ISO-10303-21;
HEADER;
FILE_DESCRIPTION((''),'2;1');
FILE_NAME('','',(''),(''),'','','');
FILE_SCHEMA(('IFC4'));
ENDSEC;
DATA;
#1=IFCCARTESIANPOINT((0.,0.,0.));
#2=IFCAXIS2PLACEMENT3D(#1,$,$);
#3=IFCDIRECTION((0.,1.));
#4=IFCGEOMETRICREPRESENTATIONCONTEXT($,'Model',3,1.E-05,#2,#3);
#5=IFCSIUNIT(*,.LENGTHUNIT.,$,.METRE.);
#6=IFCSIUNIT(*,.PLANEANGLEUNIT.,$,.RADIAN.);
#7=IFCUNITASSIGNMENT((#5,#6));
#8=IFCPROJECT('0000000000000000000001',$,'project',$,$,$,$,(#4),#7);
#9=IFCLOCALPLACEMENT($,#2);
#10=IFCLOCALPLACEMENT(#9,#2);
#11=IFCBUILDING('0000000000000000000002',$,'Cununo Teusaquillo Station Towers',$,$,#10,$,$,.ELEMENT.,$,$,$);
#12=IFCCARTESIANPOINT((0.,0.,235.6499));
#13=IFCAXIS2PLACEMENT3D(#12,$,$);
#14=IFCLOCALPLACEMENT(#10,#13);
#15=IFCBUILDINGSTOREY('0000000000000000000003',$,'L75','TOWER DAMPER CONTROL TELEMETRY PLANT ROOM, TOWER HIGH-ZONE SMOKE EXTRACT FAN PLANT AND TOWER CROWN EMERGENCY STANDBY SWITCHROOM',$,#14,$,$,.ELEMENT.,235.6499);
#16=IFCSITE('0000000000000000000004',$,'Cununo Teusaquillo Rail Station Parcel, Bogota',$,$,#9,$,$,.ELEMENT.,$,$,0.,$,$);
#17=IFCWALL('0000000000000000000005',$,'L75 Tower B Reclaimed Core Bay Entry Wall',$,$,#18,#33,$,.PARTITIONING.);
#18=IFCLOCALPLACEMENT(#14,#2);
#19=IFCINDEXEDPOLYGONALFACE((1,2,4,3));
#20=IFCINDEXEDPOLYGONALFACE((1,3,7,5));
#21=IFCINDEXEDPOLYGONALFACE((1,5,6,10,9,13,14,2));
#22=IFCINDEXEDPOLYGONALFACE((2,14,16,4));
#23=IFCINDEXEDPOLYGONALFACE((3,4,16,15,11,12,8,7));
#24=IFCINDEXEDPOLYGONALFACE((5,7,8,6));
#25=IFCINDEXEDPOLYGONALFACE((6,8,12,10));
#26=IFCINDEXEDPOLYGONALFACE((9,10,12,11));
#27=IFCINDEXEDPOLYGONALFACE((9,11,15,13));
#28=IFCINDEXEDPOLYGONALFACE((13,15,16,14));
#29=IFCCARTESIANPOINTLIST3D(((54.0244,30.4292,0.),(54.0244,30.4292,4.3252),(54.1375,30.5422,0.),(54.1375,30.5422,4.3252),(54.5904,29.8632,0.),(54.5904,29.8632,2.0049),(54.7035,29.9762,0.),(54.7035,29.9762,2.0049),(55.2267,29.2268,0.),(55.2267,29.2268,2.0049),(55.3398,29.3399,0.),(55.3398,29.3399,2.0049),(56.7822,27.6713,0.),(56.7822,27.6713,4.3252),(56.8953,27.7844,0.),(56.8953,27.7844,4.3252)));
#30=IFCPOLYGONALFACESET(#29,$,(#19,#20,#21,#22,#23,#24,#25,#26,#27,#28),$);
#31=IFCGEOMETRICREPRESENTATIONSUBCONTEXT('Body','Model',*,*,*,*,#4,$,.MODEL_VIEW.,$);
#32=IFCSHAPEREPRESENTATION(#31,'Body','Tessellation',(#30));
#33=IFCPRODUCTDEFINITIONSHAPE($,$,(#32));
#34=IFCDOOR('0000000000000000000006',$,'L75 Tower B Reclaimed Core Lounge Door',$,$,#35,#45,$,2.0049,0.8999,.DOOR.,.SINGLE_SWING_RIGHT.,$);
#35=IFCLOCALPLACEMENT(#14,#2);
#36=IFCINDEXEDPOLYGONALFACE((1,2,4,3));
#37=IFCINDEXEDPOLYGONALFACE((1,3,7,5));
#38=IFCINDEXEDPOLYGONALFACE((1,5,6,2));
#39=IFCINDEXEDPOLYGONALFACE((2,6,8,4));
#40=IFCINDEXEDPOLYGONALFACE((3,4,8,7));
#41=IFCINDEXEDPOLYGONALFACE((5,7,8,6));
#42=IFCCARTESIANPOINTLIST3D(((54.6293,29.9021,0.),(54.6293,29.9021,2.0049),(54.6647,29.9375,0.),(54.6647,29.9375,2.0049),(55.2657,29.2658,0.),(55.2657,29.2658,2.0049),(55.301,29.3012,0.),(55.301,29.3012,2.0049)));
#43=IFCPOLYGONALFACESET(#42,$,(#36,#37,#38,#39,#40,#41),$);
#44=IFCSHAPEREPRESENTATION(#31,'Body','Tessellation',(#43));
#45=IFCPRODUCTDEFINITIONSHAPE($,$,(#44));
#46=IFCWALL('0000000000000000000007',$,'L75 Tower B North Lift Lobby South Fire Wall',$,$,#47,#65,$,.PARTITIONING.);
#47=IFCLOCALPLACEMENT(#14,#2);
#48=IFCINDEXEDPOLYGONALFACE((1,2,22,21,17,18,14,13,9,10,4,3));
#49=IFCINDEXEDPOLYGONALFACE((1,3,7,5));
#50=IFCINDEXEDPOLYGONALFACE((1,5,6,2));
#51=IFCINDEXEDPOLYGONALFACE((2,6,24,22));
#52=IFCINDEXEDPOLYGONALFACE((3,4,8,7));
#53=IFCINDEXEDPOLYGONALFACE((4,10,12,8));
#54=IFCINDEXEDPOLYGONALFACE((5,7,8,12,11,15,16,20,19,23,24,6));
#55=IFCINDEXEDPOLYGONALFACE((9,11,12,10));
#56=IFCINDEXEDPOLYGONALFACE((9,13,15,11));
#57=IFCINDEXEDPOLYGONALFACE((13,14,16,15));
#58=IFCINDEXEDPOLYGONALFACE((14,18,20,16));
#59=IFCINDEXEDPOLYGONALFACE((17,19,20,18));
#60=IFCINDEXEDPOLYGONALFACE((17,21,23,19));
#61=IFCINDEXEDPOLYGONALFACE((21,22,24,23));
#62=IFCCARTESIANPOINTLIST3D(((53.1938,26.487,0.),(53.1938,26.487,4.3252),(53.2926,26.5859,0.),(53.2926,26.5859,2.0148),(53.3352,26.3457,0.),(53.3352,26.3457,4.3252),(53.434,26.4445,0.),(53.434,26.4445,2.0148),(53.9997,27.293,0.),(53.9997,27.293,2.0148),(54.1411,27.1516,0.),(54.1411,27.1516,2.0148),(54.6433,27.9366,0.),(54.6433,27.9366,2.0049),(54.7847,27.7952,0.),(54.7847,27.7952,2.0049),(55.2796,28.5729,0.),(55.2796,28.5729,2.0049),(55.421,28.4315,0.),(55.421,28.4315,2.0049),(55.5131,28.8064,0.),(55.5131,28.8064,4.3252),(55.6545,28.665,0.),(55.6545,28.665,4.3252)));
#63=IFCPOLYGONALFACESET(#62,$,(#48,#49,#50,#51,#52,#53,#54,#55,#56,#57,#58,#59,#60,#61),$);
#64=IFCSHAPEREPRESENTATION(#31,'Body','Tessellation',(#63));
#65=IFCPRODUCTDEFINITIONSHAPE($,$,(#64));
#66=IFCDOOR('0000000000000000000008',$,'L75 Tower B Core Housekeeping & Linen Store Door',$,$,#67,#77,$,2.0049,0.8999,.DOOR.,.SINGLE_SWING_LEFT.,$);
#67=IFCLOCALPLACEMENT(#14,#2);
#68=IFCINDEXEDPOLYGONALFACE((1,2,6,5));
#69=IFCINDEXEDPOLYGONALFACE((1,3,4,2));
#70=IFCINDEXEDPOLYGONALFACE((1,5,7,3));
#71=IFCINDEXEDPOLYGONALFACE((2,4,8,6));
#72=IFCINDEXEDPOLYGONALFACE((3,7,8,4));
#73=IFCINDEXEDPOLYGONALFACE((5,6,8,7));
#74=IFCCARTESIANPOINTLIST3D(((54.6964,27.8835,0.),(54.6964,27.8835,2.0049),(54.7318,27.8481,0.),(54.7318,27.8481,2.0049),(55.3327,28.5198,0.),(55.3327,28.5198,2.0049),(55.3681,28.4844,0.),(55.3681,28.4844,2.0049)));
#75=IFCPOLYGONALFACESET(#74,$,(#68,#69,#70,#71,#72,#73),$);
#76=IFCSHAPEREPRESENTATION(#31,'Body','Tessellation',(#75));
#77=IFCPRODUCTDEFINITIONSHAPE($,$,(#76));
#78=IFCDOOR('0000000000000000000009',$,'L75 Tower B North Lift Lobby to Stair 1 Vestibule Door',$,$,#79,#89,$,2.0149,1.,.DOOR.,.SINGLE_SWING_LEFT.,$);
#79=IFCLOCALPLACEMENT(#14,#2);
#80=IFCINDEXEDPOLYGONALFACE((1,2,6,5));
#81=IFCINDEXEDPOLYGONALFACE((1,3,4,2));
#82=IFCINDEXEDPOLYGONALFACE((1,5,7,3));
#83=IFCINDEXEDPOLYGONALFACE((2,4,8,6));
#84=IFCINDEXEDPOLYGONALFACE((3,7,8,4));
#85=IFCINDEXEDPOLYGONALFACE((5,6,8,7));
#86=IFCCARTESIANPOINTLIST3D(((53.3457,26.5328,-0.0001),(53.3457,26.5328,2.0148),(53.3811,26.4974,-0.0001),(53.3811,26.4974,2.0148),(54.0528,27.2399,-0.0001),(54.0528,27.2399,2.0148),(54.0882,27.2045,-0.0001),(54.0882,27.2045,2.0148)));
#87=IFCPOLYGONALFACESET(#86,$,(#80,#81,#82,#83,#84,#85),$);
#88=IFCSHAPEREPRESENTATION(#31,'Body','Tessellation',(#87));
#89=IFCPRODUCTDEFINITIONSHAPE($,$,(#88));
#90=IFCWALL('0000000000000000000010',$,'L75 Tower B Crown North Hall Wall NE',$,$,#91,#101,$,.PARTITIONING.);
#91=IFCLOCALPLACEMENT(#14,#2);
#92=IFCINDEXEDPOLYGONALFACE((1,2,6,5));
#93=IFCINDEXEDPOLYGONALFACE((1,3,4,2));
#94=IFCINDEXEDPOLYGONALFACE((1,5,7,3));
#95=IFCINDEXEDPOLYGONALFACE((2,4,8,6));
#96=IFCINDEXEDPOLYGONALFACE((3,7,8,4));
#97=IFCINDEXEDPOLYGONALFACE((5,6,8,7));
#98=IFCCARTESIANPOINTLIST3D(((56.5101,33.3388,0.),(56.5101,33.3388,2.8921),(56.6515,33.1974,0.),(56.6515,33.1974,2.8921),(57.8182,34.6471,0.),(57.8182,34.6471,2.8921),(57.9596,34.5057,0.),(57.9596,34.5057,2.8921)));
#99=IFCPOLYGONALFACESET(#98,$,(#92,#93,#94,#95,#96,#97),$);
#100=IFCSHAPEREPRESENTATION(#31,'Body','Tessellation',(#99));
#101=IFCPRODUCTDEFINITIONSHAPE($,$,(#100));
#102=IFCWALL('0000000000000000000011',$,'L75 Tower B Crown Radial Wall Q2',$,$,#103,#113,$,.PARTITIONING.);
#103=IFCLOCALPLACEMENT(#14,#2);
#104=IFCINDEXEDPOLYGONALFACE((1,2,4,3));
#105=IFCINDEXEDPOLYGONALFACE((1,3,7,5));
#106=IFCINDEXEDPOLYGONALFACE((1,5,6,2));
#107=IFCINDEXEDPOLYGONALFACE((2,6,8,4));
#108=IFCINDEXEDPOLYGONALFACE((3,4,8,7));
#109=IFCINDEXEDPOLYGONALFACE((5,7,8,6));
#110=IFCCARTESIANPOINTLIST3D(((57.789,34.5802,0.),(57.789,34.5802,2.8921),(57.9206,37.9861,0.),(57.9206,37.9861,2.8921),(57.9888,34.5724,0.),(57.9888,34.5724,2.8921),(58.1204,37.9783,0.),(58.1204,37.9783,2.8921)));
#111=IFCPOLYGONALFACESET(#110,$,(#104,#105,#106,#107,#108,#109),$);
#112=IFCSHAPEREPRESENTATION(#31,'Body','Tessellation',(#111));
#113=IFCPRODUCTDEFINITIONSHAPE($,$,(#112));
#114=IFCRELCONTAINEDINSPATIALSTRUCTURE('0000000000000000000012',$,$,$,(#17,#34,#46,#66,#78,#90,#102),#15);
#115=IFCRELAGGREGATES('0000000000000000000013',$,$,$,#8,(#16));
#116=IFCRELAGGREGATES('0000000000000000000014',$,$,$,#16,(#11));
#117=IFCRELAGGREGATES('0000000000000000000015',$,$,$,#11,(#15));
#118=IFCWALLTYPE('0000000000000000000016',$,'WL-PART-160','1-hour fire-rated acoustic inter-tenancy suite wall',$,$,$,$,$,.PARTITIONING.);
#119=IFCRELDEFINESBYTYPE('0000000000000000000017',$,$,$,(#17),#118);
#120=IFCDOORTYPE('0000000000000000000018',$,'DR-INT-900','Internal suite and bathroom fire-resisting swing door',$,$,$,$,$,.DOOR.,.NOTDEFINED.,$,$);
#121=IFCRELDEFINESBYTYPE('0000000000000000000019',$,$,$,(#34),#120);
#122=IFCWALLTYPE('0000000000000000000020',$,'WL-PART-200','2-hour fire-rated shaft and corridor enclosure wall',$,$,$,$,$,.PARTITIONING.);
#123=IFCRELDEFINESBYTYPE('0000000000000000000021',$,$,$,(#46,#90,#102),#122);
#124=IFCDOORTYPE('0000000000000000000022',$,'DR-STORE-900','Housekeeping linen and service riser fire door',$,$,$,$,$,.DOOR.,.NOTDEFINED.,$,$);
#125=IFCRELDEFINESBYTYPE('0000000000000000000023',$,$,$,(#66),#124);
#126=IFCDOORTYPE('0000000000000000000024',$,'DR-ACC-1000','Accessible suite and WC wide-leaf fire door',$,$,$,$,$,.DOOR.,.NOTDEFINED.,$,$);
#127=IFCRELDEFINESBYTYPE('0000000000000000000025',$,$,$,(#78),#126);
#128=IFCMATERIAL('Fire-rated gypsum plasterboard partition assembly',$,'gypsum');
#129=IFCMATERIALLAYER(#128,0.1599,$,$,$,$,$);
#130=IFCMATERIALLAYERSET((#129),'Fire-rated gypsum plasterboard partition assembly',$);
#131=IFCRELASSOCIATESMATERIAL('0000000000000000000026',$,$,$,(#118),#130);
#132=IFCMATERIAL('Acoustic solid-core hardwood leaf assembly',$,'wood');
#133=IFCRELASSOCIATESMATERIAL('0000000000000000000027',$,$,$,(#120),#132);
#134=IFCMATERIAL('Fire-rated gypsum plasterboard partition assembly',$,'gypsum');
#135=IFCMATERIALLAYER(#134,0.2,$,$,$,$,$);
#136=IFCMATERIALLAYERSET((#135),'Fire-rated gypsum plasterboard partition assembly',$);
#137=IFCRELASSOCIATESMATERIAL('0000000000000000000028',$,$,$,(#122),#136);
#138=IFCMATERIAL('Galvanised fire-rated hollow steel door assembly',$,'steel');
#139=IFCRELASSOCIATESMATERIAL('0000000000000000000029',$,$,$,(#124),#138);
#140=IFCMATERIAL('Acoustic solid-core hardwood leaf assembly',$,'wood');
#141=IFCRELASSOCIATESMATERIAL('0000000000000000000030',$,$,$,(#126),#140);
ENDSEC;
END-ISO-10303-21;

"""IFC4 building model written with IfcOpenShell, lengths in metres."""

from ifc_helpers import new_model, si_unit, direction, frame, frame_2d, origin, place, context, subcontext, project, spatial, rectangle, extrude, source, transform, mapped, material, layer, layer_set, type_object, element, fill, save


model = new_model("IFC4")

# Units and contexts
model_context = context("Model", 3, precision=1e-05, world=origin(), true_north=direction((0.0, 1.0)))
body_context = subcontext(model_context, "Body", "Model", "MODEL_VIEW")
ifc_project = project(units=[si_unit("LENGTHUNIT", "METRE"), si_unit("PLANEANGLEUNIT", "RADIAN")], contexts=[model_context])

# Site, building, storey
site_placement = place(None, origin())
site = spatial("IfcSite", under=ifc_project, at=site_placement, Name="Cununo Teusaquillo Rail Station Parcel, Bogota", CompositionType="ELEMENT", RefElevation=0.0)
building_placement = place(site_placement, origin())
building = spatial("IfcBuilding", under=site, at=building_placement, Name="Cununo Teusaquillo Station Towers", CompositionType="ELEMENT")
storey_placement = place(building_placement, frame((0.0, 0.0, 235.6499)))
storey = spatial("IfcBuildingStorey", under=building, at=storey_placement, Name="L75", Description="TOWER DAMPER CONTROL TELEMETRY PLANT ROOM, TOWER HIGH-ZONE SMOKE EXTRACT FAN PLANT AND TOWER CROWN EMERGENCY STANDBY SWITCHROOM", CompositionType="ELEMENT", Elevation=235.6499)

# Wall, opening, door
ifc_material_1 = material(Name="Fire-rated gypsum plasterboard partition assembly", Category="gypsum")
ifc_layer_1 = layer(ifc_material_1, 0.1599)
ifc_layer_set_1 = layer_set([ifc_layer_1], Name="Fire-rated gypsum plasterboard partition assembly")
wall_type_1 = type_object("IfcWallType", Name="WL-PART-160", Description="1-hour fire-rated acoustic inter-tenancy suite wall", PredefinedType="PARTITIONING", material=ifc_layer_set_1)
wall_1_placement = place(storey_placement, frame((56.8389, 27.7278, 0.0), z_axis=(0.0, 0.0, 1.0), x_axis=(-0.707107, 0.707107, 0.0)))
wall_1 = element("IfcWall", 1, at=wall_1_placement, inside=storey, type_object=wall_type_1, Name="L75 Tower B Reclaimed Core Bay Entry Wall", PredefinedType="PARTITIONING", context=body_context, shape_type="SweptSolid", body=[
    extrude(rectangle(XDim=3.9001, YDim=0.1599, at=frame_2d((1.9502, 0.0))), origin(), (0.0, 0.0, 1.0), 4.3252),
])
shared_shape_1 = source(origin(), body_context, "Body", "SweptSolid", [
    extrude(rectangle(XDim=0.8999, YDim=2.0049, at=frame_2d((0.45, 1.0024))), frame((0.0, 0.0898, 0.0), z_axis=(0.0, -1.0, 0.0), x_axis=(1.0, 0.0, 0.0)), (0.0, 0.0, 1.0), 0.1799),
])
opening_1_placement = place(wall_1_placement, frame((2.2, 0.0, 0.0)))
opening_1 = element("IfcOpeningElement", 2, at=opening_1_placement, cuts=wall_1, PredefinedType="OPENING", context=body_context, shape_type="MappedRepresentation", body=[
    mapped(shared_shape_1, transform((0.0, 0.0, 0.0), x_axis=(1.0, 0.0, 0.0), y_axis=(0.0, 1.0, 0.0), z_axis=(0.0, 0.0, 1.0), scale=1.0)),
])
ifc_material_2 = material(Name="Acoustic solid-core hardwood leaf assembly", Category="wood")
door_type_1 = type_object("IfcDoorType", Name="DR-INT-900", Description="Internal suite and bathroom fire-resisting swing door", OperationType="NOTDEFINED", PredefinedType="DOOR", material=ifc_material_2)
shared_shape_2 = source(origin(), body_context, "Body", "SweptSolid", [
    extrude(rectangle(XDim=0.8999, YDim=2.0049, at=frame_2d((0.45, 1.0024))), frame((0.0, 0.0249, 0.0), z_axis=(0.0, -1.0, 0.0), x_axis=(1.0, 0.0, 0.0)), (0.0, 0.0, 1.0), 0.05),
])
door_1_placement = place(opening_1_placement, origin())
door_1 = element("IfcDoor", 3, at=door_1_placement, inside=storey, type_object=door_type_1, Name="L75 Tower B Reclaimed Core Lounge Door", OperationType="SINGLE_SWING_RIGHT", OverallHeight=2.0049, OverallWidth=0.8999, PredefinedType="DOOR", context=body_context, shape_type="MappedRepresentation", body=[
    mapped(shared_shape_2, transform((0.0, 0.0, 0.0), x_axis=(1.0, 0.0, 0.0), y_axis=(0.0, 1.0, 0.0), z_axis=(0.0, 0.0, 1.0), scale=1.0)),
])
fill(opening_1, door_1)

# Wall, openings, doors
ifc_material_3 = material(Name="Fire-rated gypsum plasterboard partition assembly", Category="gypsum")
ifc_layer_2 = layer(ifc_material_3, 0.2)
ifc_layer_set_2 = layer_set([ifc_layer_2], Name="Fire-rated gypsum plasterboard partition assembly")
wall_type_2 = type_object("IfcWallType", Name="WL-PART-200", Description="2-hour fire-rated shaft and corridor enclosure wall", PredefinedType="PARTITIONING", material=ifc_layer_set_2)
wall_2_placement = place(storey_placement, frame((53.2644, 26.4163, 0.0), z_axis=(0.0, 0.0, 1.0), x_axis=(0.707107, 0.707107, 0.0)))
wall_2 = element("IfcWall", 4, at=wall_2_placement, inside=storey, type_object=wall_type_2, Name="L75 Tower B North Lift Lobby South Fire Wall", PredefinedType="PARTITIONING", context=body_context, shape_type="SweptSolid", body=[
    extrude(rectangle(XDim=3.28, YDim=0.2, at=frame_2d((1.6401, 0.0))), origin(), (0.0, 0.0, 1.0), 4.3252),
])
shared_shape_3 = source(origin(), body_context, "Body", "SweptSolid", [
    extrude(rectangle(XDim=1.0, YDim=2.0149, at=frame_2d((0.5, 1.0073))), frame((0.0, 0.1099, 0.0), z_axis=(0.0, -1.0, 0.0), x_axis=(1.0, 0.0, 0.0)), (0.0, 0.0, 1.0), 0.22),
])
opening_2_placement = place(wall_2_placement, frame((0.1399, 0.0, 0.0)))
opening_2 = element("IfcOpeningElement", 5, at=opening_2_placement, cuts=wall_2, PredefinedType="OPENING", context=body_context, shape_type="MappedRepresentation", body=[
    mapped(shared_shape_3, transform((0.0, 0.0, 0.0), x_axis=(1.0, 0.0, 0.0), y_axis=(0.0, 1.0, 0.0), z_axis=(0.0, 0.0, 1.0), scale=1.0)),
])
shared_shape_4 = source(origin(), body_context, "Body", "SweptSolid", [
    extrude(rectangle(XDim=0.8999, YDim=2.0049, at=frame_2d((0.45, 1.0024))), frame((0.0, 0.1099, 0.0), z_axis=(0.0, -1.0, 0.0), x_axis=(1.0, 0.0, 0.0)), (0.0, 0.0, 1.0), 0.22),
])
opening_3_placement = place(wall_2_placement, frame((2.05, 0.0, 0.0)))
opening_3 = element("IfcOpeningElement", 6, at=opening_3_placement, cuts=wall_2, PredefinedType="OPENING", context=body_context, shape_type="MappedRepresentation", body=[
    mapped(shared_shape_4, transform((0.0, 0.0, 0.0), x_axis=(1.0, 0.0, 0.0), y_axis=(0.0, 1.0, 0.0), z_axis=(0.0, 0.0, 1.0), scale=1.0)),
])
ifc_material_4 = material(Name="Galvanised fire-rated hollow steel door assembly", Category="steel")
door_type_2 = type_object("IfcDoorType", Name="DR-STORE-900", Description="Housekeeping linen and service riser fire door", OperationType="NOTDEFINED", PredefinedType="DOOR", material=ifc_material_4)
door_2_placement = place(opening_3_placement, origin())
door_2 = element("IfcDoor", 7, at=door_2_placement, inside=storey, type_object=door_type_2, Name="L75 Tower B Core Housekeeping & Linen Store Door", OperationType="SINGLE_SWING_LEFT", OverallHeight=2.0049, OverallWidth=0.8999, PredefinedType="DOOR", context=body_context, shape_type="MappedRepresentation", body=[
    mapped(shared_shape_2, transform((0.0, 0.0, 0.0), x_axis=(1.0, 0.0, 0.0), y_axis=(0.0, 1.0, 0.0), z_axis=(0.0, 0.0, 1.0), scale=1.0)),
])
fill(opening_3, door_2)
ifc_material_5 = material(Name="Acoustic solid-core hardwood leaf assembly", Category="wood")
door_type_3 = type_object("IfcDoorType", Name="DR-ACC-1000", Description="Accessible suite and WC wide-leaf fire door", OperationType="NOTDEFINED", PredefinedType="DOOR", material=ifc_material_5)
shared_shape_5 = source(origin(), body_context, "Body", "SweptSolid", [
    extrude(rectangle(XDim=1.0, YDim=2.0149, at=frame_2d((0.5, 1.0073))), frame((0.0, 0.0249, 0.0), z_axis=(0.0, -1.0, 0.0), x_axis=(1.0, 0.0, 0.0)), (0.0, 0.0, 1.0), 0.05),
])
door_3_placement = place(opening_2_placement, origin())
door_3 = element("IfcDoor", 8, at=door_3_placement, inside=storey, type_object=door_type_3, Name="L75 Tower B North Lift Lobby to Stair 1 Vestibule Door", OperationType="SINGLE_SWING_LEFT", OverallHeight=2.0149, OverallWidth=1.0, PredefinedType="DOOR", context=body_context, shape_type="MappedRepresentation", body=[
    mapped(shared_shape_5, transform((0.0, 0.0, 0.0), x_axis=(1.0, 0.0, 0.0), y_axis=(0.0, 1.0, 0.0), z_axis=(0.0, 0.0, 1.0), scale=1.0)),
])
fill(opening_2, door_3)

# Walls
wall_3_placement = place(storey_placement, frame((56.5808, 33.2681, 0.0), z_axis=(0.0, 0.0, 1.0), x_axis=(0.707041, 0.707173, 0.0)))
element("IfcWall", 9, at=wall_3_placement, inside=storey, type_object=wall_type_2, Name="L75 Tower B Crown North Hall Wall NE", PredefinedType="PARTITIONING", context=body_context, shape_type="SweptSolid", body=[
    extrude(rectangle(XDim=1.8501, YDim=0.2, at=frame_2d((0.925, 0.0))), origin(), (0.0, 0.0, 1.0), 2.8921),
])
wall_4_placement = place(storey_placement, frame((57.8889, 34.5764, 0.0), z_axis=(0.0, 0.0, 1.0), x_axis=(0.038606, 0.999254, 0.0)))
element("IfcWall", 10, at=wall_4_placement, inside=storey, type_object=wall_type_2, Name="L75 Tower B Crown Radial Wall Q2", PredefinedType="PARTITIONING", context=body_context, shape_type="SweptSolid", body=[
    extrude(rectangle(XDim=3.4084, YDim=0.2, at=frame_2d((1.7041, 0.0))), origin(), (0.0, 0.0, 1.0), 2.8921),
])

save(model, "model.ifc")
